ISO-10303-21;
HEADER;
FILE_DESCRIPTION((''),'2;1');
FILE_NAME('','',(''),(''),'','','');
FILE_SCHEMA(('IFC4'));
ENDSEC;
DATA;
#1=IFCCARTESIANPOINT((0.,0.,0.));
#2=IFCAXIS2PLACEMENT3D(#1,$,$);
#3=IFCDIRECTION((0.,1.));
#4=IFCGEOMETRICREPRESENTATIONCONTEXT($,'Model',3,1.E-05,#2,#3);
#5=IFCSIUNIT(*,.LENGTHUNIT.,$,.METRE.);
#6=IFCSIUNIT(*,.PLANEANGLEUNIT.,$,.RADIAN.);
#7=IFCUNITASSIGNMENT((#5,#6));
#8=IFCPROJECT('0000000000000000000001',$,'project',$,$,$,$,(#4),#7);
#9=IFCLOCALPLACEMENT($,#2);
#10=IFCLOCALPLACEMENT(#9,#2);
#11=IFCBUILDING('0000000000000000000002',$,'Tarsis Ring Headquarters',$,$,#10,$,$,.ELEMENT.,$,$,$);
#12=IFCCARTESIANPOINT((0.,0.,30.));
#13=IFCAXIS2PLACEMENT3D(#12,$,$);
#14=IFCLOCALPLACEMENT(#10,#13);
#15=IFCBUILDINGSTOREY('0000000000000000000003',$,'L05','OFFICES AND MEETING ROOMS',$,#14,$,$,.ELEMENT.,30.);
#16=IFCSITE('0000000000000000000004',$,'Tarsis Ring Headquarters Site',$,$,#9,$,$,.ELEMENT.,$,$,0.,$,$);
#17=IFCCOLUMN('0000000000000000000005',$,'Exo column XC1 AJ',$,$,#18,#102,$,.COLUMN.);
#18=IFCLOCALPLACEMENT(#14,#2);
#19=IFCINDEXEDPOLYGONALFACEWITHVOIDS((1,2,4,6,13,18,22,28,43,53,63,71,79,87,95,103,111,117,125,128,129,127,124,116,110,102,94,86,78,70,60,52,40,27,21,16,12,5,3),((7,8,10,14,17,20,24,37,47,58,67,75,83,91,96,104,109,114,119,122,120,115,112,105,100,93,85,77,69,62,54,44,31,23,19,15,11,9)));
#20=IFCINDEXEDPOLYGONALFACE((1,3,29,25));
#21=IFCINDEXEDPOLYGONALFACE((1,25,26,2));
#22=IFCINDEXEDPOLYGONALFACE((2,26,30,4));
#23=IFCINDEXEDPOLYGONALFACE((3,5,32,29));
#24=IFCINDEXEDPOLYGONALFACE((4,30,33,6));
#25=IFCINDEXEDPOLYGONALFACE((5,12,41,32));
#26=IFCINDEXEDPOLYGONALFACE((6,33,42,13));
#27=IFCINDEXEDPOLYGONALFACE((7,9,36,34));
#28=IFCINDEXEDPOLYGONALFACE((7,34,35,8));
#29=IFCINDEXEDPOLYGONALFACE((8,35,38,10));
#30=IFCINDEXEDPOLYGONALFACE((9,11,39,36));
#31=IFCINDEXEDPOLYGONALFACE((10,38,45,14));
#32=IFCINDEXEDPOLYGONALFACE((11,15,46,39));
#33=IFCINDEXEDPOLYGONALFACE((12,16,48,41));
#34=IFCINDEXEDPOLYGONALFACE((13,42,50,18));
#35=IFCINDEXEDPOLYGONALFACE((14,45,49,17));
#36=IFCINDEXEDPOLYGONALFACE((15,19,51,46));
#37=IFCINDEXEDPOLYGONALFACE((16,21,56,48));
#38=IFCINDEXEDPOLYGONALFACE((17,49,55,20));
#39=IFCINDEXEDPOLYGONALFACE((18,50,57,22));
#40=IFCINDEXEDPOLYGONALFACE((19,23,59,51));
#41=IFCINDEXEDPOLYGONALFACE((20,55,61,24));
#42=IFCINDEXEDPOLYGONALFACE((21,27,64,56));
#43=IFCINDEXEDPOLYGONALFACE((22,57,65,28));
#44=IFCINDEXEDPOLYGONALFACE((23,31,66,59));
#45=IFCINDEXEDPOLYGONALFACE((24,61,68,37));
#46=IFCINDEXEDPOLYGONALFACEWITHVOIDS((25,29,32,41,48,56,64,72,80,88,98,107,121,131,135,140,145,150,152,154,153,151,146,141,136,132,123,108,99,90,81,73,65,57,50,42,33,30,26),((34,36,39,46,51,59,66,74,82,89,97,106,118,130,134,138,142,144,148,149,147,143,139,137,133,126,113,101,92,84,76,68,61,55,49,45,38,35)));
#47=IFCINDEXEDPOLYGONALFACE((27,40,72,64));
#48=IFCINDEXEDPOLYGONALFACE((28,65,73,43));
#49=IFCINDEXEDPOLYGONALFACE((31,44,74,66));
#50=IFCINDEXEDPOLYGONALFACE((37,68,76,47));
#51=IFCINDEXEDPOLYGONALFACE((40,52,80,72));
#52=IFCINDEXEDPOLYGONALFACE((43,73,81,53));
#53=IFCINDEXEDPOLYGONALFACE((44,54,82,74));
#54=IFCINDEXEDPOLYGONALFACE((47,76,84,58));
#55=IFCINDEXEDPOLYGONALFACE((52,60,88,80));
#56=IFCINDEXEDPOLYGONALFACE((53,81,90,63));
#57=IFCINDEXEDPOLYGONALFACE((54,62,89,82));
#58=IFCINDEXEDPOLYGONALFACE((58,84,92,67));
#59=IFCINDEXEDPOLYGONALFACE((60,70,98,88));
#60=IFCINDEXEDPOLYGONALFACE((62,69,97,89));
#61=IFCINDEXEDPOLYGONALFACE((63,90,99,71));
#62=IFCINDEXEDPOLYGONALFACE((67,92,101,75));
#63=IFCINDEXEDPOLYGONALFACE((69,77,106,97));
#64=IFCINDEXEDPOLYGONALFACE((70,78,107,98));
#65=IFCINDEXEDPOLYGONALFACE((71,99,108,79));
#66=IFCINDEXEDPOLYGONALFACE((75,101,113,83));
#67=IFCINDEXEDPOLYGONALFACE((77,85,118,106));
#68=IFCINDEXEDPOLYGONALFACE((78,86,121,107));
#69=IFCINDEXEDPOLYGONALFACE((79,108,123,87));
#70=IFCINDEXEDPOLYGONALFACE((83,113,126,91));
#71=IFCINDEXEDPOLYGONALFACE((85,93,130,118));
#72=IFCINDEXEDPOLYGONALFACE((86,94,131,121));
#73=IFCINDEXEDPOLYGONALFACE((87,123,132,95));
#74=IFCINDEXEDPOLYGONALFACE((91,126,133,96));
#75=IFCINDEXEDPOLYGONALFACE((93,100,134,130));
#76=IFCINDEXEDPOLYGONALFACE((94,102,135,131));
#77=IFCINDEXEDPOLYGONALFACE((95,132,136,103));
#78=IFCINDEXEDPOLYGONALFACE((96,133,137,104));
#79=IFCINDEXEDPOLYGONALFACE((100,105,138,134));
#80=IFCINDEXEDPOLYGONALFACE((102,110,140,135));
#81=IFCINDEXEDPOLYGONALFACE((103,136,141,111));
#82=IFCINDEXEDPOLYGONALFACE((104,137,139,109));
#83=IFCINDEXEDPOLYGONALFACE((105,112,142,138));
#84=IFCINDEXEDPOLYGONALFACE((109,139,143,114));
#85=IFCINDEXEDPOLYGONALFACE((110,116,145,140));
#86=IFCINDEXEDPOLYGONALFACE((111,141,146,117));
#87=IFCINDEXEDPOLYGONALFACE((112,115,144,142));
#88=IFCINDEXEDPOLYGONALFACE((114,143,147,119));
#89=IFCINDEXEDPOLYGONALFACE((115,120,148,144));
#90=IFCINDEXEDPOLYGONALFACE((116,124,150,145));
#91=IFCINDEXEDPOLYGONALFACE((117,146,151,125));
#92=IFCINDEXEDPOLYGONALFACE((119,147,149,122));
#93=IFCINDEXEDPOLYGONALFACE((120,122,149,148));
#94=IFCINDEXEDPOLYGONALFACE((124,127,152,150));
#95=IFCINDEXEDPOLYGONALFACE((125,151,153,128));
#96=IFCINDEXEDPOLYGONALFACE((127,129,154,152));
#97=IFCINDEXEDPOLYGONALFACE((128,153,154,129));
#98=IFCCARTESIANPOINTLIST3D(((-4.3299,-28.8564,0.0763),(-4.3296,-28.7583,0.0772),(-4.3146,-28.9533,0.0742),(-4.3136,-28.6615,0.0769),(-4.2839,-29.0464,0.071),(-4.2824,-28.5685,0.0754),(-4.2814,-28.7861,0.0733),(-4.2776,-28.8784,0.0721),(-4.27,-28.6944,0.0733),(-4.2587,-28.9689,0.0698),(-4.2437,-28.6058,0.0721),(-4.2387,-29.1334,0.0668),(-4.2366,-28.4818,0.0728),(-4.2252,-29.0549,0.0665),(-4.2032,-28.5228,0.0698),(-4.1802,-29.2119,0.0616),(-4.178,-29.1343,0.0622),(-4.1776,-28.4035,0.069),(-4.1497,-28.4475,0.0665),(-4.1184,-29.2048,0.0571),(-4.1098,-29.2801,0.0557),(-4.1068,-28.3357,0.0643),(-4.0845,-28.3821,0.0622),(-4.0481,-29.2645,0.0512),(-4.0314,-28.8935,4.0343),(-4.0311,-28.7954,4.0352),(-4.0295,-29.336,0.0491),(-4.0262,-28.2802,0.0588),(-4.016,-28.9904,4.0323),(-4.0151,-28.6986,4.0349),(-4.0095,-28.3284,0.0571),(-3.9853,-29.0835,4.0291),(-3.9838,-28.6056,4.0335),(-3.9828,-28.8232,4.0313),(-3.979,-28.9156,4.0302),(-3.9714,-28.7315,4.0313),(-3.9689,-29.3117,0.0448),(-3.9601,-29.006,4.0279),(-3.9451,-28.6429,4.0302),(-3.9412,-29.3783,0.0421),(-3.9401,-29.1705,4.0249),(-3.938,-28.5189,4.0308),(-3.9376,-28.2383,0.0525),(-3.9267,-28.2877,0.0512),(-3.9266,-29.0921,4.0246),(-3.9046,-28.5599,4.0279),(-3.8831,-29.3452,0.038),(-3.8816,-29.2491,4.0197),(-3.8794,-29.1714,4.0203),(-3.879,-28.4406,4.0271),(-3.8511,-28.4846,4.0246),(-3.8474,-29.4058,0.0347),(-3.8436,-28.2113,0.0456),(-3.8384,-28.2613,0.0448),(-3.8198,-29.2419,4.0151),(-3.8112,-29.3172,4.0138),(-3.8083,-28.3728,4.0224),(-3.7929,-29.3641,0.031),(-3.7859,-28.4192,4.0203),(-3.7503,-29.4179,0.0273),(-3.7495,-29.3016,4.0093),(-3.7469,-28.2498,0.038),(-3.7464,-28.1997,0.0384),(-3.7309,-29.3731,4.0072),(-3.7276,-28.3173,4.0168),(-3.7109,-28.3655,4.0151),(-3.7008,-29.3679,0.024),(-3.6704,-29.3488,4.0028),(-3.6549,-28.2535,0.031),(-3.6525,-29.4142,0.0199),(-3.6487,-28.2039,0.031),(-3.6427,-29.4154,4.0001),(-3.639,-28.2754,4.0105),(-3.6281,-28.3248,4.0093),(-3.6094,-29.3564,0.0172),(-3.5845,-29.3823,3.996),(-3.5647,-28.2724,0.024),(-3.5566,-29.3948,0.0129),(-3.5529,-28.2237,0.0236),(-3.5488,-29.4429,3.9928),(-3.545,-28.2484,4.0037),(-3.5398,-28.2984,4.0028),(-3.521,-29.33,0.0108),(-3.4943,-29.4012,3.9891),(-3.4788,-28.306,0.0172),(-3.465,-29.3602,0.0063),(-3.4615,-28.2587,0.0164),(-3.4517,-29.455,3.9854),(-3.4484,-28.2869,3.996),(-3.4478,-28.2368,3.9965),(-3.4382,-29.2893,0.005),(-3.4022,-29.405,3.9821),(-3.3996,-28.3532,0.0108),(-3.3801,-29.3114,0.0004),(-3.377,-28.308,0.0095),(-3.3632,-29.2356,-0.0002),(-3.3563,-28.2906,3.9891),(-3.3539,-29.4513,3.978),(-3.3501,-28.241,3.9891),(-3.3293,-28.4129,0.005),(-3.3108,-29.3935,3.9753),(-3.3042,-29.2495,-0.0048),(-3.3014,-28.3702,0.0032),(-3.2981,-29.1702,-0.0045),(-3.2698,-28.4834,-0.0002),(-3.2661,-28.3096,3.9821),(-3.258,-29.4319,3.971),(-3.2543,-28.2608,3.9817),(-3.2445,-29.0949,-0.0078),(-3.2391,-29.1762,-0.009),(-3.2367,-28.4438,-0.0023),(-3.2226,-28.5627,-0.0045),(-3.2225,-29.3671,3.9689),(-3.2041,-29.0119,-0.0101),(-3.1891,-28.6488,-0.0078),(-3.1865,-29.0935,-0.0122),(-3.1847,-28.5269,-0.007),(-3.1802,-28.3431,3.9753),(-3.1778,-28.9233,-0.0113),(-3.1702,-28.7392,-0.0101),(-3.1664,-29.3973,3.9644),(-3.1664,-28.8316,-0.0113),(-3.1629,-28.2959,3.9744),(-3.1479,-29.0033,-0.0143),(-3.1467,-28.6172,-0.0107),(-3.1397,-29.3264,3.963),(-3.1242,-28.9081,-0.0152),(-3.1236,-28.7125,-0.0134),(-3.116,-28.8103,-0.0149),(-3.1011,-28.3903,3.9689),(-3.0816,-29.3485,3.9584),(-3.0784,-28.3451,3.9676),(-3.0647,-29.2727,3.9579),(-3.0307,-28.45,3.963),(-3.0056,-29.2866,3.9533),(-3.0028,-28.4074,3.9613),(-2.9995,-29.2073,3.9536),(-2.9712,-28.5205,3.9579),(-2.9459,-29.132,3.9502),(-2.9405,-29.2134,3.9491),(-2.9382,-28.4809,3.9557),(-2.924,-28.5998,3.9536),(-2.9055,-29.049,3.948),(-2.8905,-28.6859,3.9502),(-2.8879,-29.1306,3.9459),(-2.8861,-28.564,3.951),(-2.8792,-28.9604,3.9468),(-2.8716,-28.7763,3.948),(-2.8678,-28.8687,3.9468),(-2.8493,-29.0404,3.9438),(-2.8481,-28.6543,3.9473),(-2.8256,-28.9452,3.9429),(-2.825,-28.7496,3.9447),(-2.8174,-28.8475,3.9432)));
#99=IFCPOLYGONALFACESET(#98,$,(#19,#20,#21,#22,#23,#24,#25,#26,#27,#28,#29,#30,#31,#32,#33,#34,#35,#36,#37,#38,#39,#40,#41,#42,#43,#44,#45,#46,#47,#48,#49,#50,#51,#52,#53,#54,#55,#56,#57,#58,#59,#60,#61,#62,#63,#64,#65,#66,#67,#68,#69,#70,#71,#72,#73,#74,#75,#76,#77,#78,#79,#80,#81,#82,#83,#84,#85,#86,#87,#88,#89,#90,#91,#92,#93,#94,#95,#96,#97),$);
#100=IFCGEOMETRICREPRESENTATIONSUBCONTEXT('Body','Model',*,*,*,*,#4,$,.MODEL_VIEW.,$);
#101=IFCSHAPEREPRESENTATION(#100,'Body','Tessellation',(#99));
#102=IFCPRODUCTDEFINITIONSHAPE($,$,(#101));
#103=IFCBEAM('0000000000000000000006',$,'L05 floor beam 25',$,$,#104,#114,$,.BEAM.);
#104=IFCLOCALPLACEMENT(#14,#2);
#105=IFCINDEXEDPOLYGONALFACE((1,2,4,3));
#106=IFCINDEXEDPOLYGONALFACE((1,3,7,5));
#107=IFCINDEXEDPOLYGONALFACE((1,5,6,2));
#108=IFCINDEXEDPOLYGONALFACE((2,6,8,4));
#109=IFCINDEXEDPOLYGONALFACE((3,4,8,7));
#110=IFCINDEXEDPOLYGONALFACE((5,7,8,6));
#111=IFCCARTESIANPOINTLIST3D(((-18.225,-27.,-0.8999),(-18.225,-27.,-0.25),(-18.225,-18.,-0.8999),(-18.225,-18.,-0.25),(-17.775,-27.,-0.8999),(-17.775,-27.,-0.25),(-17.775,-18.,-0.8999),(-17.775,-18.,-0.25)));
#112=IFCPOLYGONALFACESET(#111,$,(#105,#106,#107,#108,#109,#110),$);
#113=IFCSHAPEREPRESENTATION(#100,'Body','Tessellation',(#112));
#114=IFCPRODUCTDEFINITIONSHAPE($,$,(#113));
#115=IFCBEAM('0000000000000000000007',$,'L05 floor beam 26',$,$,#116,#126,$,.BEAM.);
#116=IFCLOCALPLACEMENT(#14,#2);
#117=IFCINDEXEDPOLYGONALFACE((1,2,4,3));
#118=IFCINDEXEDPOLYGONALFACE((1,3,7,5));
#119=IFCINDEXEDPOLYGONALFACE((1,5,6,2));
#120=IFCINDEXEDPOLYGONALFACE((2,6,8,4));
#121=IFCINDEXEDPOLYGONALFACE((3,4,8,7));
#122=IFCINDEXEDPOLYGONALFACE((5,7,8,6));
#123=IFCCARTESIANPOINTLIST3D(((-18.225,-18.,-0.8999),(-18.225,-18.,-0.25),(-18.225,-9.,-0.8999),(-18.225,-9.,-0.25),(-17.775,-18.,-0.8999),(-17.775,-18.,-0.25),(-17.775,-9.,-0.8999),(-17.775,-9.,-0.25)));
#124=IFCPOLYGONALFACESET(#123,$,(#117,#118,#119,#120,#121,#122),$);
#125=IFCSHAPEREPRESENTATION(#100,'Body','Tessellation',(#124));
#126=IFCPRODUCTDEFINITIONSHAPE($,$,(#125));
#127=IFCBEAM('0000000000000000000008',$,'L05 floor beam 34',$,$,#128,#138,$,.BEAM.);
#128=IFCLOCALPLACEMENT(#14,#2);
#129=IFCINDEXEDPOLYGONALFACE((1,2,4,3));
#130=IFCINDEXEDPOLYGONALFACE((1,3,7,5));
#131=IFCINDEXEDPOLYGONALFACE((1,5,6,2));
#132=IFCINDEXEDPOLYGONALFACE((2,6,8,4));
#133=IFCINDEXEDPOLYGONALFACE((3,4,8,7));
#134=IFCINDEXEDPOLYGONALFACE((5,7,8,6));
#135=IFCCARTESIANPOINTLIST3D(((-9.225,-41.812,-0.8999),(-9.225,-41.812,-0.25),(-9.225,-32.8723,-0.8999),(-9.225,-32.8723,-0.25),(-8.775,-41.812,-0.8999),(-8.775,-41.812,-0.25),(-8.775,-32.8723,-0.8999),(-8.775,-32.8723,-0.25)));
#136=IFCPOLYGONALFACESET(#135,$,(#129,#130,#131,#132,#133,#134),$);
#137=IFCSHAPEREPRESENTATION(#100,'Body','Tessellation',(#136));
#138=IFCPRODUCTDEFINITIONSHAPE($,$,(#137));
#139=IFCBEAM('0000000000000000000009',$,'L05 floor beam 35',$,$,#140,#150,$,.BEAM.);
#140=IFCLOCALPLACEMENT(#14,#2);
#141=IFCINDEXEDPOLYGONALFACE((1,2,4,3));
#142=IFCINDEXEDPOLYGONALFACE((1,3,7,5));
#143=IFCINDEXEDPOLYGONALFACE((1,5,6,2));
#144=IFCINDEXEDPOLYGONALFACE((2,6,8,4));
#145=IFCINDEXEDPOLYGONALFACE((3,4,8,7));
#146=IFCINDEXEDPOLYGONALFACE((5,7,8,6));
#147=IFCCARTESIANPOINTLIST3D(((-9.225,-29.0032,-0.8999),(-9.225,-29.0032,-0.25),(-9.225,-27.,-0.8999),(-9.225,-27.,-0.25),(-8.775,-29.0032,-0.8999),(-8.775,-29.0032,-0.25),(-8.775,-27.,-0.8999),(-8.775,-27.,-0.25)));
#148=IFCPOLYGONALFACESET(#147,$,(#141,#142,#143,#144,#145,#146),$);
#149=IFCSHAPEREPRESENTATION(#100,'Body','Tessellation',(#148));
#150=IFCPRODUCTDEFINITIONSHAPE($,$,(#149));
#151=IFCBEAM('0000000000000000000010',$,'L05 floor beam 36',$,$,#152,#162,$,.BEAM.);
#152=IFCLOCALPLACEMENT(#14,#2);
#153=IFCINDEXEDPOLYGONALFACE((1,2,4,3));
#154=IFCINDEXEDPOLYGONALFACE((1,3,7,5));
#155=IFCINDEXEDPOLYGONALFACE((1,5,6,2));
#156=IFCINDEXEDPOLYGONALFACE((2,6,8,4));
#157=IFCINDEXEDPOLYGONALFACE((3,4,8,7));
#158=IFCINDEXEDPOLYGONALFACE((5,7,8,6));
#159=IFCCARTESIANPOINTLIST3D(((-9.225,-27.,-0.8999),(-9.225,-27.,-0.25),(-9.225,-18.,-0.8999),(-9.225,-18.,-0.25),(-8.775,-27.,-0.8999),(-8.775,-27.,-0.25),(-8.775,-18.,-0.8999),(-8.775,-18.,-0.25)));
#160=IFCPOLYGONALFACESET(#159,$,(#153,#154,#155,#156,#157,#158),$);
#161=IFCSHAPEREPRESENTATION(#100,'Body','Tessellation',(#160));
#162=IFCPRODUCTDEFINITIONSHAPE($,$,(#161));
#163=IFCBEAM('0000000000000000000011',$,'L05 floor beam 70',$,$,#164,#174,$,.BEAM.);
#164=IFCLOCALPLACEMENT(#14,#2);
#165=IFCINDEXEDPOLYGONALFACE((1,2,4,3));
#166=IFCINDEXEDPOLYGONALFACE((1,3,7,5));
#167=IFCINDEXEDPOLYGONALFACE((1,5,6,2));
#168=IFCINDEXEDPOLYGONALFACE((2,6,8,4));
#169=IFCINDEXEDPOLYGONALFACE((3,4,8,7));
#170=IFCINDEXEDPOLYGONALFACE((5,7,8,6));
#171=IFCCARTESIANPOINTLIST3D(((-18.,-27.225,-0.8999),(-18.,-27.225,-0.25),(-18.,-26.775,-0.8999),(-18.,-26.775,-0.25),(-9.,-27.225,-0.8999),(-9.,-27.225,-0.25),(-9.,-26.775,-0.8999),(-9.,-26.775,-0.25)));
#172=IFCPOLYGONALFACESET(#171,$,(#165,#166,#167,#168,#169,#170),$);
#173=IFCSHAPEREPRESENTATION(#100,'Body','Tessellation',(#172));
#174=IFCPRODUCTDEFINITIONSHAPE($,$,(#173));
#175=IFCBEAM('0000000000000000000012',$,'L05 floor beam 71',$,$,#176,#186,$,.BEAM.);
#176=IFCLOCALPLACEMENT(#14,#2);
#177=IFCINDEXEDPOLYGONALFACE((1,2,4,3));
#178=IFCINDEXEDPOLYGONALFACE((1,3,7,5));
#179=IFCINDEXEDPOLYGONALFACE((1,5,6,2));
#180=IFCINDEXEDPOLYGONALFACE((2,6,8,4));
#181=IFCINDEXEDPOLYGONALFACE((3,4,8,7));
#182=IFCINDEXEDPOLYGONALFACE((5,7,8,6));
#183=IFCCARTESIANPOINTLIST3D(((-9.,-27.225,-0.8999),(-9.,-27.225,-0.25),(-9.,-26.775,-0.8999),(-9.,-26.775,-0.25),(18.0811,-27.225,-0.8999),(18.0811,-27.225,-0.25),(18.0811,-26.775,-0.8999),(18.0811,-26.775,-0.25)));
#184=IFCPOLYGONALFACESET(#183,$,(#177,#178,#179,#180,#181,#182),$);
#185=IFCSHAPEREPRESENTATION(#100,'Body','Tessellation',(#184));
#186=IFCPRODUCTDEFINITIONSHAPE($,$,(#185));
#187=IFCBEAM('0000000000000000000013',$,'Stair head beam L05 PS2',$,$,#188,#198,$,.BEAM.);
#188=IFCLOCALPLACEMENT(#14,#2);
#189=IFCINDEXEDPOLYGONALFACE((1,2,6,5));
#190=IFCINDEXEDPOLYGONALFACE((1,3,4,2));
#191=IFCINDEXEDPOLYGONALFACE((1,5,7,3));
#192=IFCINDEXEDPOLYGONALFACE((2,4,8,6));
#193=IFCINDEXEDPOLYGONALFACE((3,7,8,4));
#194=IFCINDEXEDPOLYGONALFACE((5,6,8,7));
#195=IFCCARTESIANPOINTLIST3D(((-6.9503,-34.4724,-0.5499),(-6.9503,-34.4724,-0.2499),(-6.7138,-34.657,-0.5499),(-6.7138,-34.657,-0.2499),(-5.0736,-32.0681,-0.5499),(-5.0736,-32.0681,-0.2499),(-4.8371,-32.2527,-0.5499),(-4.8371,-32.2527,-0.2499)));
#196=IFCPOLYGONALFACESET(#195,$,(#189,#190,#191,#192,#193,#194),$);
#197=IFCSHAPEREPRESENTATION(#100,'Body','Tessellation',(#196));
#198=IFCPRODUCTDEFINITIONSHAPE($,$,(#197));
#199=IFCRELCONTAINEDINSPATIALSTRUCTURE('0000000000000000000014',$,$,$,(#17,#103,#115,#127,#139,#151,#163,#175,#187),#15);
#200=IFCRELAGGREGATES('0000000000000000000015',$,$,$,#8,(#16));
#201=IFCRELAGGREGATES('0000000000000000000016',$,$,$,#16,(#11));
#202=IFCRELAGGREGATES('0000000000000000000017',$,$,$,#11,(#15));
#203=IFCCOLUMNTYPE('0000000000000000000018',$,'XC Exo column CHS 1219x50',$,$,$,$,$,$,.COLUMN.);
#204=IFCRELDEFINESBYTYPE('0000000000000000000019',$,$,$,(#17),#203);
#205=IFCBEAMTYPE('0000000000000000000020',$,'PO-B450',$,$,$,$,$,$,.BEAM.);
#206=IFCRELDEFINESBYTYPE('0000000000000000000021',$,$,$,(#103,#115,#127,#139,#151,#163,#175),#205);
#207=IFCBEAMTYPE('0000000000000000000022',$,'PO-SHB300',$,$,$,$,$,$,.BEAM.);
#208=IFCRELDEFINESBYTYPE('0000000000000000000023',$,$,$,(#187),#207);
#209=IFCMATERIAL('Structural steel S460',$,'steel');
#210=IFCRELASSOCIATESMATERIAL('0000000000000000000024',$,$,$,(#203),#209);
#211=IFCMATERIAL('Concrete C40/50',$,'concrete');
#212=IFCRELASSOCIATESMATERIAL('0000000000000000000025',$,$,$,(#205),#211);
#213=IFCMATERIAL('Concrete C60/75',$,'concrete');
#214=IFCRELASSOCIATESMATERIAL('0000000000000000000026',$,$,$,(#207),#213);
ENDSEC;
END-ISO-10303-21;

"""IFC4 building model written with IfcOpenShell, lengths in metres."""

from ifc_helpers import new_model, si_unit, direction, frame, origin, origin_2d, place, context, subcontext, project, spatial, rectangle, hollow_circle, extrude, material, material_profile, profile_set, type_object, element, save


model = new_model("IFC4")

# Units and contexts
model_context = context("Model", 3, precision=1e-05, world=origin(), true_north=direction((0.0, 1.0)))
body_context = subcontext(model_context, "Body", "Model", "MODEL_VIEW")
ifc_project = project(units=[si_unit("LENGTHUNIT", "METRE"), si_unit("PLANEANGLEUNIT", "RADIAN")], contexts=[model_context])

# Site, building, storey
site_placement = place(None, origin())
site = spatial("IfcSite", under=ifc_project, at=site_placement, Name="Tarsis Ring Headquarters Site", CompositionType="ELEMENT", RefElevation=0.0)
building_placement = place(site_placement, origin())
building = spatial("IfcBuilding", under=site, at=building_placement, Name="Tarsis Ring Headquarters", CompositionType="ELEMENT")
storey_placement = place(building_placement, frame((0.0, 0.0, 30.0)))
storey = spatial("IfcBuildingStorey", under=building, at=storey_placement, Name="L05", Description="OFFICES AND MEETING ROOMS", CompositionType="ELEMENT", Elevation=30.0)

# Column
ifc_material_1 = material(Name="Concrete C40/50", Category="concrete")
ifc_material_2 = material(Name="Structural steel S460", Category="steel")
ifc_material_profile_1 = material_profile(ifc_material_2, hollow_circle(Radius=0.6096, WallThickness=0.05, at=origin_2d()), Name="CHS 1219x50")
ifc_profile_set_1 = profile_set([ifc_material_profile_1], Name="Structural steel S460")
column_type_1 = type_object("IfcColumnType", Name="XC Exo column CHS 1219x50", PredefinedType="COLUMN", material=ifc_profile_set_1)
column_1_placement = place(storey_placement, frame((-3.7239, -28.8088, 0.031), z_axis=(0.075221, -0.009349, 0.997123), x_axis=(0.123336, 0.992365, 0.0)))
element("IfcColumn", 1, at=column_1_placement, inside=storey, type_object=column_type_1, Name="Exo column XC1 AJ", PredefinedType="COLUMN", context=body_context, shape_type="SweptSolid", body=[
    extrude(hollow_circle(Radius=0.6096, WallThickness=0.05, at=origin_2d()), origin(), (0.0, 0.0, 1.0), 3.9695),
])

# Beams
ifc_material_profile_2 = material_profile(ifc_material_1, rectangle(XDim=0.45, YDim=0.6499, at=origin_2d()), Name="PO-B450")
ifc_profile_set_2 = profile_set([ifc_material_profile_2], Name="Concrete C40/50")
beam_type_1 = type_object("IfcBeamType", Name="PO-B450", PredefinedType="BEAM", material=ifc_profile_set_2)
for number, where, z_axis, x_axis, name in (
    (2, (-18.0, -27.0, -0.575), (0.0, 1.0, 0.0), (-1.0, 0.0, 0.0), "L05 floor beam 25"),
    (3, (-18.0, -18.0, -0.575), (0.0, 1.0, 0.0), (-1.0, 0.0, 0.0), "L05 floor beam 26"),
):
    element("IfcBeam", number, at=place(storey_placement, frame(where, z_axis=z_axis, x_axis=x_axis)), inside=storey, type_object=beam_type_1, Name=name, PredefinedType="BEAM", context=body_context, shape_type="SweptSolid", body=[
        extrude(rectangle(XDim=0.45, YDim=0.6499, at=origin_2d()), origin(), (0.0, 0.0, 1.0), 9.0),
    ])
beam_1_placement = place(storey_placement, frame((-9.0, -41.812, -0.575), z_axis=(0.0, 1.0, 0.0), x_axis=(-1.0, 0.0, 0.0)))
element("IfcBeam", 4, at=beam_1_placement, inside=storey, type_object=beam_type_1, Name="L05 floor beam 34", PredefinedType="BEAM", context=body_context, shape_type="SweptSolid", body=[
    extrude(rectangle(XDim=0.45, YDim=0.6499, at=origin_2d()), origin(), (0.0, 0.0, 1.0), 8.9397),
])
beam_2_placement = place(storey_placement, frame((-9.0, -29.0032, -0.575), z_axis=(0.0, 1.0, 0.0), x_axis=(-1.0, 0.0, 0.0)))
element("IfcBeam", 5, at=beam_2_placement, inside=storey, type_object=beam_type_1, Name="L05 floor beam 35", PredefinedType="BEAM", context=body_context, shape_type="SweptSolid", body=[
    extrude(rectangle(XDim=0.45, YDim=0.6499, at=origin_2d()), origin(), (0.0, 0.0, 1.0), 2.0032),
])
for number, where, z_axis, x_axis, name in (
    (6, (-9.0, -27.0, -0.575), (0.0, 1.0, 0.0), (-1.0, 0.0, 0.0), "L05 floor beam 36"),
    (7, (-18.0, -27.0, -0.575), (1.0, 0.0, 0.0), (0.0, 1.0, 0.0), "L05 floor beam 70"),
):
    element("IfcBeam", number, at=place(storey_placement, frame(where, z_axis=z_axis, x_axis=x_axis)), inside=storey, type_object=beam_type_1, Name=name, PredefinedType="BEAM", context=body_context, shape_type="SweptSolid", body=[
        extrude(rectangle(XDim=0.45, YDim=0.6499, at=origin_2d()), origin(), (0.0, 0.0, 1.0), 9.0),
    ])
beam_3_placement = place(storey_placement, frame((-9.0, -27.0, -0.575), z_axis=(1.0, 0.0, 0.0), x_axis=(0.0, 1.0, 0.0)))
element("IfcBeam", 8, at=beam_3_placement, inside=storey, type_object=beam_type_1, Name="L05 floor beam 71", PredefinedType="BEAM", context=body_context, shape_type="SweptSolid", body=[
    extrude(rectangle(XDim=0.45, YDim=0.6499, at=origin_2d()), origin(), (0.0, 0.0, 1.0), 27.0811),
])
ifc_material_3 = material(Name="Concrete C60/75", Category="concrete")
ifc_material_profile_3 = material_profile(ifc_material_3, rectangle(XDim=0.3, YDim=0.3, at=origin_2d()), Name="PO-SHB300")
ifc_profile_set_3 = profile_set([ifc_material_profile_3], Name="Concrete C60/75")
beam_type_2 = type_object("IfcBeamType", Name="PO-SHB300", PredefinedType="BEAM", material=ifc_profile_set_3)
beam_4_placement = place(storey_placement, frame((-4.9553, -32.1604, -0.3999), z_axis=(-0.615308, -0.788286, 0.0), x_axis=(0.788286, -0.615308, 0.0)))
element("IfcBeam", 9, at=beam_4_placement, inside=storey, type_object=beam_type_2, Name="Stair head beam L05 PS2", PredefinedType="BEAM", context=body_context, shape_type="SweptSolid", body=[
    extrude(rectangle(XDim=0.3, YDim=0.3, at=origin_2d()), origin(), (0.0, 0.0, 1.0), 3.05),
])

save(model, "model.ifc")
